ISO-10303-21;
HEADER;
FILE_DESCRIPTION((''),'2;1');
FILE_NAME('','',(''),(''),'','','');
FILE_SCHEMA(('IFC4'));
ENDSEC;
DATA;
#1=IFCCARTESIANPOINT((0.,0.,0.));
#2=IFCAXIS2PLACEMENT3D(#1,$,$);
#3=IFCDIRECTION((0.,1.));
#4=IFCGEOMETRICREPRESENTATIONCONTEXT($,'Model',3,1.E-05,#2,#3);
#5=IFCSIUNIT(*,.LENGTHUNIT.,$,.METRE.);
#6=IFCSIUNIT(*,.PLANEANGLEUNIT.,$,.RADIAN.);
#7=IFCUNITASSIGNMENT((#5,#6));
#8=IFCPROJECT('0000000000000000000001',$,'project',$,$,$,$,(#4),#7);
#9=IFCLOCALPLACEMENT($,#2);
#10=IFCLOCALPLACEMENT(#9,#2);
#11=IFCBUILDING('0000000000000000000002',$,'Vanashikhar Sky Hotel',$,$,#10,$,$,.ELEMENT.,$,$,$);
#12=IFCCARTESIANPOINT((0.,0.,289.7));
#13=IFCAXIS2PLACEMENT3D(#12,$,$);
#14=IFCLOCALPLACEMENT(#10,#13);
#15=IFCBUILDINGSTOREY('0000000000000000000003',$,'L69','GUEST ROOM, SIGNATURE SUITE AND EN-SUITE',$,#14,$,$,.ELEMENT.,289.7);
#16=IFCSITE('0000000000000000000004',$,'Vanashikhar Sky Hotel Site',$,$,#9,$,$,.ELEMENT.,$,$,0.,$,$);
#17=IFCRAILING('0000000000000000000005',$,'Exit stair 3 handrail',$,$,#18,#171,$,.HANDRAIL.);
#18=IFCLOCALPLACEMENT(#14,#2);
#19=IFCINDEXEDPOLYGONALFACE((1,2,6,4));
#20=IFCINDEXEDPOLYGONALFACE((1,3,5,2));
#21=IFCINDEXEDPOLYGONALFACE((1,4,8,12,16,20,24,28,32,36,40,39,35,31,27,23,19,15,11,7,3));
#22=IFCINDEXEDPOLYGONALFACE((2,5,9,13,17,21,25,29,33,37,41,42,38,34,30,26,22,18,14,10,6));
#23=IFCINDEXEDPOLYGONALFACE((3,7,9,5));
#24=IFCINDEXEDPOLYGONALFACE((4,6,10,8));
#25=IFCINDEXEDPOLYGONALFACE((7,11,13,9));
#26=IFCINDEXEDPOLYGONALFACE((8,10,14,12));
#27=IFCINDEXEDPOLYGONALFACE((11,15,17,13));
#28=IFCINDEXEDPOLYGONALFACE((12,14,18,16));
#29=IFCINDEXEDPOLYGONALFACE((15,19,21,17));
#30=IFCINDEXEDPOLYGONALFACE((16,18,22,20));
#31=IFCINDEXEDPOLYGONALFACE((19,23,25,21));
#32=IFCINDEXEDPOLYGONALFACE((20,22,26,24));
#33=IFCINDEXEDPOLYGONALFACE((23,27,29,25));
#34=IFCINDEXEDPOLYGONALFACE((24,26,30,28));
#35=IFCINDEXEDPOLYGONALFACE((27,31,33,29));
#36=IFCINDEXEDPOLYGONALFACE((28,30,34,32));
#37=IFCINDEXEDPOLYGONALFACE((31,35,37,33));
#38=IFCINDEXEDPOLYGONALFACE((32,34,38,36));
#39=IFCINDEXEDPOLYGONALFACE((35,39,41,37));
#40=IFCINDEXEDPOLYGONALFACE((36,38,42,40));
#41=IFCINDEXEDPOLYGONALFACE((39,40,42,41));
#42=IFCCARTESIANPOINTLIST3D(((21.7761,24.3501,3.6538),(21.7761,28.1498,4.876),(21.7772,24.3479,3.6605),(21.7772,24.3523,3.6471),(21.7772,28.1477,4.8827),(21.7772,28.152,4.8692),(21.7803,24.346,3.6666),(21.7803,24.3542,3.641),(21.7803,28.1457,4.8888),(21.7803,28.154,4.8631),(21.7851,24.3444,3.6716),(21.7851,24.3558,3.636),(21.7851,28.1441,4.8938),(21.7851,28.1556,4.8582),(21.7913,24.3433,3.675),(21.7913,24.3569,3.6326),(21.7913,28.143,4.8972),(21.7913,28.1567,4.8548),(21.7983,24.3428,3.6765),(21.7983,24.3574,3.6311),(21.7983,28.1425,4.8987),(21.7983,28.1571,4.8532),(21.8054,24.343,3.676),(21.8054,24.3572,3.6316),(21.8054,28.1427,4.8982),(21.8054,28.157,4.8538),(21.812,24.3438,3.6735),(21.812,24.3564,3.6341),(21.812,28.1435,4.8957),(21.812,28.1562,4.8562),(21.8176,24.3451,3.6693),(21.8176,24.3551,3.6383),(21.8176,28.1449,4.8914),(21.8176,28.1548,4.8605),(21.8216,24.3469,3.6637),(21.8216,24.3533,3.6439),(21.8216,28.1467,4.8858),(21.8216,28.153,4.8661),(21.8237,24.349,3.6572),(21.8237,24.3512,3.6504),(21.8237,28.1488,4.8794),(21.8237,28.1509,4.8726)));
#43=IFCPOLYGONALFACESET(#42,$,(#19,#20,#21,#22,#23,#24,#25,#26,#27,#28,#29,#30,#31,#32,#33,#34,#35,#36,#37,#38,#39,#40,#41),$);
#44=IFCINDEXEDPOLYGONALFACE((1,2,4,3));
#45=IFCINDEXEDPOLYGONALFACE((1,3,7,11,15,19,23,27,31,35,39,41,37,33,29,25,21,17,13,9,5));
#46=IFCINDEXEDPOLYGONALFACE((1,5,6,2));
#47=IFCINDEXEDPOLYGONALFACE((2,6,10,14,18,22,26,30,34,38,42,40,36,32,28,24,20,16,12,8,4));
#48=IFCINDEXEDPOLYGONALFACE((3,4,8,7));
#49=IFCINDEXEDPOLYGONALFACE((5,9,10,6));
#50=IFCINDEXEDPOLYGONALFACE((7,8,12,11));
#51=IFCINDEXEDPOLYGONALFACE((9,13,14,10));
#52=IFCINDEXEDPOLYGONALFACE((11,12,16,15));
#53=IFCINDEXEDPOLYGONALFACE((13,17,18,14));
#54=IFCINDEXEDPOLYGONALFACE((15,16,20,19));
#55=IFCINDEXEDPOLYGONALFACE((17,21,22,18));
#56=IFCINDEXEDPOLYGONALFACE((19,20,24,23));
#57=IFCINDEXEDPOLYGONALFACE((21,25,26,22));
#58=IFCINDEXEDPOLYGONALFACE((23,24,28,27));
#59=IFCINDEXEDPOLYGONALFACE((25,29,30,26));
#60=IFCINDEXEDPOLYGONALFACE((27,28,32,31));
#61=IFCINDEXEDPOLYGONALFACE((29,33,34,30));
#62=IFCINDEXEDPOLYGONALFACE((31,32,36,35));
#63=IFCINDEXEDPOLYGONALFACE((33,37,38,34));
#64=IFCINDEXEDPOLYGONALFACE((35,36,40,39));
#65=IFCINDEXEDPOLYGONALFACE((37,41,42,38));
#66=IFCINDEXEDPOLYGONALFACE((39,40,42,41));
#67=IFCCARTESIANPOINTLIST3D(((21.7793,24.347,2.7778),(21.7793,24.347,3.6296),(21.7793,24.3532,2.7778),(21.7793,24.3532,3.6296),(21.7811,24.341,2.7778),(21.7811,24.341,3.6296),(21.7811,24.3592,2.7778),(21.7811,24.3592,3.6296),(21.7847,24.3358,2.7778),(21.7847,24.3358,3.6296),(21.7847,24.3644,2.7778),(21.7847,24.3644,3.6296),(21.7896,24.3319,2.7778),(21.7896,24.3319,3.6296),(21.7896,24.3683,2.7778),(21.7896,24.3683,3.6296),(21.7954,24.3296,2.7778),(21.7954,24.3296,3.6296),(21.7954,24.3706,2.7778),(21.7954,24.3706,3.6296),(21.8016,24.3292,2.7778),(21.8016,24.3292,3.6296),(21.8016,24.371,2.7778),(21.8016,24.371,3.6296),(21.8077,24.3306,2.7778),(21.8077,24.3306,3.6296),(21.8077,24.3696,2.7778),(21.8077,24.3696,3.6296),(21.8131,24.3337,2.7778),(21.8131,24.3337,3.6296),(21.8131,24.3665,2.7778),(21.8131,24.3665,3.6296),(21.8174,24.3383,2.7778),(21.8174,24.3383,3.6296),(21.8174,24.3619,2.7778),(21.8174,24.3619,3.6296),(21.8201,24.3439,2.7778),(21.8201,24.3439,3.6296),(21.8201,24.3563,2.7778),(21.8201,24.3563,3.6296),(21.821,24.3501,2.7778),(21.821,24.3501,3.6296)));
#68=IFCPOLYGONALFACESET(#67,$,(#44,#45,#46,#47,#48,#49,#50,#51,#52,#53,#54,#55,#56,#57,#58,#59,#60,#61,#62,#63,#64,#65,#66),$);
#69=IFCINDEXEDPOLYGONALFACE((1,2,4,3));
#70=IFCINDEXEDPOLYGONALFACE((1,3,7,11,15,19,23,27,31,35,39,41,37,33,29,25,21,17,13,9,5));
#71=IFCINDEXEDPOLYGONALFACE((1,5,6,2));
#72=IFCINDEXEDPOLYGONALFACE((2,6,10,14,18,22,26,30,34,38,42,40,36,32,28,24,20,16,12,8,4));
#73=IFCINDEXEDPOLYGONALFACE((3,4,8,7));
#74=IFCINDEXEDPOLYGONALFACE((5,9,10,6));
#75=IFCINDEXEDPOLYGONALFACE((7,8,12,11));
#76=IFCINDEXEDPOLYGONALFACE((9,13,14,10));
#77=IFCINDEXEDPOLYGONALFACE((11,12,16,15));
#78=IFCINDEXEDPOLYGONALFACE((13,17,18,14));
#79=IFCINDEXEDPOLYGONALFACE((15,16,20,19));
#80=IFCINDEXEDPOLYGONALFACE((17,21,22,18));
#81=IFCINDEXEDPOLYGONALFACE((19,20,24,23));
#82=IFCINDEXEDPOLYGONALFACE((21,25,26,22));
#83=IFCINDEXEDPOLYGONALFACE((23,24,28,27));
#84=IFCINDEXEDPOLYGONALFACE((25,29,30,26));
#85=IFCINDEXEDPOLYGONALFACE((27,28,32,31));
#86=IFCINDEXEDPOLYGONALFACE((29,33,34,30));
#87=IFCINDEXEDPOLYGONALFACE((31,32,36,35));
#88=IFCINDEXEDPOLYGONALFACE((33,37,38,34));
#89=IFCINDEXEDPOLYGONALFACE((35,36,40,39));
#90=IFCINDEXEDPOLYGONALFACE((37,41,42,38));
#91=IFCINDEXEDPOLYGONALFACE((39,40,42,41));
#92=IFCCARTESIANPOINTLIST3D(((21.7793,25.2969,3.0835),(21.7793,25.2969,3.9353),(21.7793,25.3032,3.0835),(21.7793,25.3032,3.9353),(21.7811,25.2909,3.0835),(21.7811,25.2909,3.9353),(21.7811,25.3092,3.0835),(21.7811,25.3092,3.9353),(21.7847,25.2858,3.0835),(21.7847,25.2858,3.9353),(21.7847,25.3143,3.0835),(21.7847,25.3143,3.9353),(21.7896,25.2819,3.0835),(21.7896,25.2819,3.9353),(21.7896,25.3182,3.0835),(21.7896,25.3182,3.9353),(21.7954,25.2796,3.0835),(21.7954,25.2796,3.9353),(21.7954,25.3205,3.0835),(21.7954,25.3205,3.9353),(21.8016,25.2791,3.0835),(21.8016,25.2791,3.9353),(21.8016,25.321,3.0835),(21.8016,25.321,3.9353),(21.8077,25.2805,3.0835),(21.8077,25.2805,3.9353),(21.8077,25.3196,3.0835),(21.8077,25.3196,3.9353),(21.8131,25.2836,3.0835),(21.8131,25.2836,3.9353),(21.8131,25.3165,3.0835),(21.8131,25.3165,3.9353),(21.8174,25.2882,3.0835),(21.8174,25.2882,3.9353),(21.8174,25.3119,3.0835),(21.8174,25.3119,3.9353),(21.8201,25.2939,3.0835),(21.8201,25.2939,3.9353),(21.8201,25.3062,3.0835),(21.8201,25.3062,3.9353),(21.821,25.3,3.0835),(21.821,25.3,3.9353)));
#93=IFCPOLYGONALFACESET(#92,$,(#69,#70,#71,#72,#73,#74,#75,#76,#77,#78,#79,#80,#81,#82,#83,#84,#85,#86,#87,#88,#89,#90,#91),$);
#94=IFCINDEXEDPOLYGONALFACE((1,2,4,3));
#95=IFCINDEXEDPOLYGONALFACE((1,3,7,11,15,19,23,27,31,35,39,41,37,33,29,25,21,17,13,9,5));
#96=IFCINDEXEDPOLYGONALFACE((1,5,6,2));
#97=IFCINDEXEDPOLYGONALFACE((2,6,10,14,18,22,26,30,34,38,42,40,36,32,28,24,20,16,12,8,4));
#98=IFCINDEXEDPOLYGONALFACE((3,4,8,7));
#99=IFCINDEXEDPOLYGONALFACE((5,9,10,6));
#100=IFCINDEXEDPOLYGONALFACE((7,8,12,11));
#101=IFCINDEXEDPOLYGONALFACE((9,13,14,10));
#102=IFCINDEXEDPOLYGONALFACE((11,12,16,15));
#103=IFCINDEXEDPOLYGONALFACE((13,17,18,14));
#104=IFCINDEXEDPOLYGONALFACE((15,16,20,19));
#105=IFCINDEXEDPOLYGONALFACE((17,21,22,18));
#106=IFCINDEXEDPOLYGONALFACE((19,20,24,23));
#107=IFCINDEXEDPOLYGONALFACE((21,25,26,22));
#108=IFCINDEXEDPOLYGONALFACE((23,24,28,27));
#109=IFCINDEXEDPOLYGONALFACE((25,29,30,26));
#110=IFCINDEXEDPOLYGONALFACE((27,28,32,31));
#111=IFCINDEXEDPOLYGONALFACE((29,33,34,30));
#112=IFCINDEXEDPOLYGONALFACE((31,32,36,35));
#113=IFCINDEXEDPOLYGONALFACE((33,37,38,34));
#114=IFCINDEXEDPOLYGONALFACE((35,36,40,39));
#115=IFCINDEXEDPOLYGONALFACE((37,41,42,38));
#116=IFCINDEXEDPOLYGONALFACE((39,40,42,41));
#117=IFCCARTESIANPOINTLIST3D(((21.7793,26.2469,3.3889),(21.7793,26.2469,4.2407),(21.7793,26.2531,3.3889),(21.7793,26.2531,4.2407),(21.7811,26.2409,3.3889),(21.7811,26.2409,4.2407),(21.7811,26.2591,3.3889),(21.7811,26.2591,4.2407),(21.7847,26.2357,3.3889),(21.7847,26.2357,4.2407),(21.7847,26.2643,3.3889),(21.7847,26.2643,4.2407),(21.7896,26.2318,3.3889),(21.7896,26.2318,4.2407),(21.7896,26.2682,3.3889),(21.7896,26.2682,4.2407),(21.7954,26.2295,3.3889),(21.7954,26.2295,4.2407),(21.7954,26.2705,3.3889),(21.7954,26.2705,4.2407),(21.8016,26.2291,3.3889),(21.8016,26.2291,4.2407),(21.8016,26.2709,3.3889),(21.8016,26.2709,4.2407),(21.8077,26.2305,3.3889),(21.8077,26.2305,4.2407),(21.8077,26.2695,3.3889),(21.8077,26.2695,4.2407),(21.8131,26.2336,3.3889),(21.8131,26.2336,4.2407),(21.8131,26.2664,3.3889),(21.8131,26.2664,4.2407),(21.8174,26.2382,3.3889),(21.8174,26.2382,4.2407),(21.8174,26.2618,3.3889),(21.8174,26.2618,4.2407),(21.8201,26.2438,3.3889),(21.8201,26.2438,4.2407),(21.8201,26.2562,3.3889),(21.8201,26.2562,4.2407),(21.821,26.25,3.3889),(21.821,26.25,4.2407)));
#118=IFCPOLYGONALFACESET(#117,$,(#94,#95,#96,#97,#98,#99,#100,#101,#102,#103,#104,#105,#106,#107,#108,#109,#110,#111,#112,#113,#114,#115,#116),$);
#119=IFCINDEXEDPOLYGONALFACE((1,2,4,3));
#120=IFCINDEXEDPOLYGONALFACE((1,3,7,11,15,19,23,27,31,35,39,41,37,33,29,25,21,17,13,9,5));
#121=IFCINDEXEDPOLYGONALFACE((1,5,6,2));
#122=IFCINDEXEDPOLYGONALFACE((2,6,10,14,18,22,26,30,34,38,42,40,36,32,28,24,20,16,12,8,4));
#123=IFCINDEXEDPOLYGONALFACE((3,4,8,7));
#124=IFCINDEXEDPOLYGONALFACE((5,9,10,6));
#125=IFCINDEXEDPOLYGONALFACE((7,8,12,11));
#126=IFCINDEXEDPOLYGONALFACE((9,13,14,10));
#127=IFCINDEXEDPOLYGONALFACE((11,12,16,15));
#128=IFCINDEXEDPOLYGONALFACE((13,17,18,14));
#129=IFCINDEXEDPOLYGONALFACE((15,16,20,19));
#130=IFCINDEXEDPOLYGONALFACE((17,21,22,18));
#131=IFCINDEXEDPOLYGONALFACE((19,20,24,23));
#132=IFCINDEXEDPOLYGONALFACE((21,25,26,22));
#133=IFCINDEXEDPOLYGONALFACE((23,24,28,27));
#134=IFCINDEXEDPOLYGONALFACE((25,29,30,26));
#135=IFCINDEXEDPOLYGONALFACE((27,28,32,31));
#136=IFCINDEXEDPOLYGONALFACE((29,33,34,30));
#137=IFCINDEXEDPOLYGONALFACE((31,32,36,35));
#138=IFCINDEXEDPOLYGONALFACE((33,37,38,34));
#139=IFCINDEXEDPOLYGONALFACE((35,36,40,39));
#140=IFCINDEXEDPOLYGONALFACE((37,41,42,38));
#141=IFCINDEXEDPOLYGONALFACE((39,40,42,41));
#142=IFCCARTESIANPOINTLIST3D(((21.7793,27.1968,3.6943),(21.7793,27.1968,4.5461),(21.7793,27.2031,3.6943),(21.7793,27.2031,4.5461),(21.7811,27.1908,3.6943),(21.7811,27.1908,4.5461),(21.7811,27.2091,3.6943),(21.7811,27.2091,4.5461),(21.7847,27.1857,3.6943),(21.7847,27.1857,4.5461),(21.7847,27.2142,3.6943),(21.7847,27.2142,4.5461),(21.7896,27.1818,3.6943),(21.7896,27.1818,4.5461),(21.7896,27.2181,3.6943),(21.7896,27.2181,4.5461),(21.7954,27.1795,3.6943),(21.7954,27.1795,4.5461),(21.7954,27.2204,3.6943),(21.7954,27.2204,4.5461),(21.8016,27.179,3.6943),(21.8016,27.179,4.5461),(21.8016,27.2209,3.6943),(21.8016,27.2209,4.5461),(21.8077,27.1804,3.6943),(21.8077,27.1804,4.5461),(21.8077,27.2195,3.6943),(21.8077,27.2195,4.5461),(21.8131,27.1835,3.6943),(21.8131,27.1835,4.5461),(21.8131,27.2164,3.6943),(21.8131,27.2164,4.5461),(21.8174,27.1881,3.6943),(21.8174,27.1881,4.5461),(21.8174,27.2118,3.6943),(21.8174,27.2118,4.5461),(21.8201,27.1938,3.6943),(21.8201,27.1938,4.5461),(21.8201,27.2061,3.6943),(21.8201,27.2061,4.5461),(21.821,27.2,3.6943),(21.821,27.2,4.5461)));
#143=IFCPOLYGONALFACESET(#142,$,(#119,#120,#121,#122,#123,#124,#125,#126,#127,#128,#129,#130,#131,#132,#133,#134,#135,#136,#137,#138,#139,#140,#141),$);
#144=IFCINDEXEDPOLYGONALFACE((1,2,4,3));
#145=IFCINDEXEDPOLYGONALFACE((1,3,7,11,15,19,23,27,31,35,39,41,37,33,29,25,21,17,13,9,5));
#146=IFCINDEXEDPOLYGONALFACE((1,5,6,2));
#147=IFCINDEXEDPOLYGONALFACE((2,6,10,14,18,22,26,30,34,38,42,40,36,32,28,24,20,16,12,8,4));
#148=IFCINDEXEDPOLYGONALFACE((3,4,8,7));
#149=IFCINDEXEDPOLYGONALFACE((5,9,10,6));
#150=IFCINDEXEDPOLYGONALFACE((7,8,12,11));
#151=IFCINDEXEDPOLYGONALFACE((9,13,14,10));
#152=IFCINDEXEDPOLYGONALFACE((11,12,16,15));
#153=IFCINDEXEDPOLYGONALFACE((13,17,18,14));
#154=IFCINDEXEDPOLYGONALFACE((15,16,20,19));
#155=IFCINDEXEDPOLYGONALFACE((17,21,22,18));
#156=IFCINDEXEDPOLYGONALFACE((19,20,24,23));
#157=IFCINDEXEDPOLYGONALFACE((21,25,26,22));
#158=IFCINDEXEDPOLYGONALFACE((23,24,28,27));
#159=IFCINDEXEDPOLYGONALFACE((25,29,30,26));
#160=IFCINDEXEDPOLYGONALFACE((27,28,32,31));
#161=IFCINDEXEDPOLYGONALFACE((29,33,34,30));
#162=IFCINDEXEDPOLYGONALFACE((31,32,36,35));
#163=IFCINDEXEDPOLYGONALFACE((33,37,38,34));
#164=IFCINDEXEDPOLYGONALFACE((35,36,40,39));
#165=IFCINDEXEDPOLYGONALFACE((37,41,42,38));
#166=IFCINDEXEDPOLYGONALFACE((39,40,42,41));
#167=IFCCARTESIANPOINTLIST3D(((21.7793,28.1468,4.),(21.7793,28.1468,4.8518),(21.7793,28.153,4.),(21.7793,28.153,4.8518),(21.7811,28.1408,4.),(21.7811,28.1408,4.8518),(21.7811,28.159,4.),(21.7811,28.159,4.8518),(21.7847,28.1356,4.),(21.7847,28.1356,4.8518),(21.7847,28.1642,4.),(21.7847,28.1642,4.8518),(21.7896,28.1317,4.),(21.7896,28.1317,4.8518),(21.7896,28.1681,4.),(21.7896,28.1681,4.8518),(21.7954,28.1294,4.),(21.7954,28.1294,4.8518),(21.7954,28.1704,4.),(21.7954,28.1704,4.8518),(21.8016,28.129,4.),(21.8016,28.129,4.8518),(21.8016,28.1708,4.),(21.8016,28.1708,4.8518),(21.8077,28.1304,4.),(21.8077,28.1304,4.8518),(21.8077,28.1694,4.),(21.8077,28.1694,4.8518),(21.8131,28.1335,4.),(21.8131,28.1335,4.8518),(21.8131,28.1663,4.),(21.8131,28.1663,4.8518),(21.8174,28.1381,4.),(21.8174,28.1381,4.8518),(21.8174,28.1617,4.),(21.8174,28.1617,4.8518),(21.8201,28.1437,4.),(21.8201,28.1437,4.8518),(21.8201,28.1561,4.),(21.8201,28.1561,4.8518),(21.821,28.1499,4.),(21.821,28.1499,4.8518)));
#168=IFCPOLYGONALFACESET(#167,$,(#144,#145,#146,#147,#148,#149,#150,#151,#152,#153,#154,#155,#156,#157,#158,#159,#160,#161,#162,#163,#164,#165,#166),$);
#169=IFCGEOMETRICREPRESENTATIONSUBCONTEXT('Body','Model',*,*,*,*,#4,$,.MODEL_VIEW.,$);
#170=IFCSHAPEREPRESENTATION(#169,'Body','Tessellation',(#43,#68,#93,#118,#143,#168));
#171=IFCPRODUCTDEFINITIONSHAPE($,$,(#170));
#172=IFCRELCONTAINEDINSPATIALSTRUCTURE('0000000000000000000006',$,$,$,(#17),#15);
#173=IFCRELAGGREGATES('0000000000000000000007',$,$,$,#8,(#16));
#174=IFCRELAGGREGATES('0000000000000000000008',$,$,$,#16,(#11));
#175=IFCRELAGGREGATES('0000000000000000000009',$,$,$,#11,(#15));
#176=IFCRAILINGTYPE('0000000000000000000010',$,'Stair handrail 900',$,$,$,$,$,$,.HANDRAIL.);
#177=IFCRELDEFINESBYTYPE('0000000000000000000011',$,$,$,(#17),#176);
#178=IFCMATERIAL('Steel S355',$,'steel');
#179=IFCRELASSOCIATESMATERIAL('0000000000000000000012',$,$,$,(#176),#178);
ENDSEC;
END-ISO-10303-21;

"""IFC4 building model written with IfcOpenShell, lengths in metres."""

from ifc_helpers import new_model, si_unit, direction, frame, origin, origin_2d, place, context, subcontext, project, spatial, circle, extrude, source, transform, mapped, material, type_object, element, save


model = new_model("IFC4")

# Units and contexts
model_context = context("Model", 3, precision=1e-05, world=origin(), true_north=direction((0.0, 1.0)))
body_context = subcontext(model_context, "Body", "Model", "MODEL_VIEW")
ifc_project = project(units=[si_unit("LENGTHUNIT", "METRE"), si_unit("PLANEANGLEUNIT", "RADIAN")], contexts=[model_context])

# Site, building, storey
site_placement = place(None, origin())
site = spatial("IfcSite", under=ifc_project, at=site_placement, Name="Vanashikhar Sky Hotel Site", CompositionType="ELEMENT", RefElevation=0.0)
building_placement = place(site_placement, origin())
building = spatial("IfcBuilding", under=site, at=building_placement, Name="Vanashikhar Sky Hotel", CompositionType="ELEMENT")
storey_placement = place(building_placement, frame((0.0, 0.0, 289.7)))
storey = spatial("IfcBuildingStorey", under=building, at=storey_placement, Name="L69", Description="GUEST ROOM, SIGNATURE SUITE AND EN-SUITE", CompositionType="ELEMENT", Elevation=289.7)

# Railing
ifc_material_1 = material(Name="Steel S355", Category="steel")
railing_type_1 = type_object("IfcRailingType", Name="Stair handrail 900", PredefinedType="HANDRAIL", material=ifc_material_1)
shared_shape_1 = source(origin(), body_context, "Body", "SweptSolid", [
    extrude(circle(Radius=0.0239, at=origin_2d()), frame((0.0, 0.0, 0.876), z_axis=(0.0, 0.95197, 0.306191), x_axis=(-1.0, 0.0, 0.0)), (0.0, 0.0, 1.0), 3.9915),
    extrude(circle(Radius=0.021, at=origin_2d()), origin(), (0.0, 0.0, 1.0), 0.8518),
    extrude(circle(Radius=0.021, at=origin_2d()), frame((0.0, 0.95, 0.3057)), (0.0, 0.0, 1.0), 0.8518),
    extrude(circle(Radius=0.021, at=origin_2d()), frame((0.0, 1.8999, 0.6111)), (0.0, 0.0, 1.0), 0.8518),
    extrude(circle(Radius=0.021, at=origin_2d()), frame((0.0, 2.8499, 0.9165)), (0.0, 0.0, 1.0), 0.8518),
    extrude(circle(Radius=0.021, at=origin_2d()), frame((0.0, 3.7998, 1.2222)), (0.0, 0.0, 1.0), 0.8518),
])
railing_1_placement = place(storey_placement, frame((21.8, 24.3501, 2.7778)))
element("IfcRailing", 1, at=railing_1_placement, inside=storey, type_object=railing_type_1, Name="Exit stair 3 handrail", PredefinedType="HANDRAIL", context=body_context, shape_type="MappedRepresentation", body=[
    mapped(shared_shape_1, transform((0.0, 0.0, 0.0), scale=1.0)),
])

save(model, "model.ifc")
